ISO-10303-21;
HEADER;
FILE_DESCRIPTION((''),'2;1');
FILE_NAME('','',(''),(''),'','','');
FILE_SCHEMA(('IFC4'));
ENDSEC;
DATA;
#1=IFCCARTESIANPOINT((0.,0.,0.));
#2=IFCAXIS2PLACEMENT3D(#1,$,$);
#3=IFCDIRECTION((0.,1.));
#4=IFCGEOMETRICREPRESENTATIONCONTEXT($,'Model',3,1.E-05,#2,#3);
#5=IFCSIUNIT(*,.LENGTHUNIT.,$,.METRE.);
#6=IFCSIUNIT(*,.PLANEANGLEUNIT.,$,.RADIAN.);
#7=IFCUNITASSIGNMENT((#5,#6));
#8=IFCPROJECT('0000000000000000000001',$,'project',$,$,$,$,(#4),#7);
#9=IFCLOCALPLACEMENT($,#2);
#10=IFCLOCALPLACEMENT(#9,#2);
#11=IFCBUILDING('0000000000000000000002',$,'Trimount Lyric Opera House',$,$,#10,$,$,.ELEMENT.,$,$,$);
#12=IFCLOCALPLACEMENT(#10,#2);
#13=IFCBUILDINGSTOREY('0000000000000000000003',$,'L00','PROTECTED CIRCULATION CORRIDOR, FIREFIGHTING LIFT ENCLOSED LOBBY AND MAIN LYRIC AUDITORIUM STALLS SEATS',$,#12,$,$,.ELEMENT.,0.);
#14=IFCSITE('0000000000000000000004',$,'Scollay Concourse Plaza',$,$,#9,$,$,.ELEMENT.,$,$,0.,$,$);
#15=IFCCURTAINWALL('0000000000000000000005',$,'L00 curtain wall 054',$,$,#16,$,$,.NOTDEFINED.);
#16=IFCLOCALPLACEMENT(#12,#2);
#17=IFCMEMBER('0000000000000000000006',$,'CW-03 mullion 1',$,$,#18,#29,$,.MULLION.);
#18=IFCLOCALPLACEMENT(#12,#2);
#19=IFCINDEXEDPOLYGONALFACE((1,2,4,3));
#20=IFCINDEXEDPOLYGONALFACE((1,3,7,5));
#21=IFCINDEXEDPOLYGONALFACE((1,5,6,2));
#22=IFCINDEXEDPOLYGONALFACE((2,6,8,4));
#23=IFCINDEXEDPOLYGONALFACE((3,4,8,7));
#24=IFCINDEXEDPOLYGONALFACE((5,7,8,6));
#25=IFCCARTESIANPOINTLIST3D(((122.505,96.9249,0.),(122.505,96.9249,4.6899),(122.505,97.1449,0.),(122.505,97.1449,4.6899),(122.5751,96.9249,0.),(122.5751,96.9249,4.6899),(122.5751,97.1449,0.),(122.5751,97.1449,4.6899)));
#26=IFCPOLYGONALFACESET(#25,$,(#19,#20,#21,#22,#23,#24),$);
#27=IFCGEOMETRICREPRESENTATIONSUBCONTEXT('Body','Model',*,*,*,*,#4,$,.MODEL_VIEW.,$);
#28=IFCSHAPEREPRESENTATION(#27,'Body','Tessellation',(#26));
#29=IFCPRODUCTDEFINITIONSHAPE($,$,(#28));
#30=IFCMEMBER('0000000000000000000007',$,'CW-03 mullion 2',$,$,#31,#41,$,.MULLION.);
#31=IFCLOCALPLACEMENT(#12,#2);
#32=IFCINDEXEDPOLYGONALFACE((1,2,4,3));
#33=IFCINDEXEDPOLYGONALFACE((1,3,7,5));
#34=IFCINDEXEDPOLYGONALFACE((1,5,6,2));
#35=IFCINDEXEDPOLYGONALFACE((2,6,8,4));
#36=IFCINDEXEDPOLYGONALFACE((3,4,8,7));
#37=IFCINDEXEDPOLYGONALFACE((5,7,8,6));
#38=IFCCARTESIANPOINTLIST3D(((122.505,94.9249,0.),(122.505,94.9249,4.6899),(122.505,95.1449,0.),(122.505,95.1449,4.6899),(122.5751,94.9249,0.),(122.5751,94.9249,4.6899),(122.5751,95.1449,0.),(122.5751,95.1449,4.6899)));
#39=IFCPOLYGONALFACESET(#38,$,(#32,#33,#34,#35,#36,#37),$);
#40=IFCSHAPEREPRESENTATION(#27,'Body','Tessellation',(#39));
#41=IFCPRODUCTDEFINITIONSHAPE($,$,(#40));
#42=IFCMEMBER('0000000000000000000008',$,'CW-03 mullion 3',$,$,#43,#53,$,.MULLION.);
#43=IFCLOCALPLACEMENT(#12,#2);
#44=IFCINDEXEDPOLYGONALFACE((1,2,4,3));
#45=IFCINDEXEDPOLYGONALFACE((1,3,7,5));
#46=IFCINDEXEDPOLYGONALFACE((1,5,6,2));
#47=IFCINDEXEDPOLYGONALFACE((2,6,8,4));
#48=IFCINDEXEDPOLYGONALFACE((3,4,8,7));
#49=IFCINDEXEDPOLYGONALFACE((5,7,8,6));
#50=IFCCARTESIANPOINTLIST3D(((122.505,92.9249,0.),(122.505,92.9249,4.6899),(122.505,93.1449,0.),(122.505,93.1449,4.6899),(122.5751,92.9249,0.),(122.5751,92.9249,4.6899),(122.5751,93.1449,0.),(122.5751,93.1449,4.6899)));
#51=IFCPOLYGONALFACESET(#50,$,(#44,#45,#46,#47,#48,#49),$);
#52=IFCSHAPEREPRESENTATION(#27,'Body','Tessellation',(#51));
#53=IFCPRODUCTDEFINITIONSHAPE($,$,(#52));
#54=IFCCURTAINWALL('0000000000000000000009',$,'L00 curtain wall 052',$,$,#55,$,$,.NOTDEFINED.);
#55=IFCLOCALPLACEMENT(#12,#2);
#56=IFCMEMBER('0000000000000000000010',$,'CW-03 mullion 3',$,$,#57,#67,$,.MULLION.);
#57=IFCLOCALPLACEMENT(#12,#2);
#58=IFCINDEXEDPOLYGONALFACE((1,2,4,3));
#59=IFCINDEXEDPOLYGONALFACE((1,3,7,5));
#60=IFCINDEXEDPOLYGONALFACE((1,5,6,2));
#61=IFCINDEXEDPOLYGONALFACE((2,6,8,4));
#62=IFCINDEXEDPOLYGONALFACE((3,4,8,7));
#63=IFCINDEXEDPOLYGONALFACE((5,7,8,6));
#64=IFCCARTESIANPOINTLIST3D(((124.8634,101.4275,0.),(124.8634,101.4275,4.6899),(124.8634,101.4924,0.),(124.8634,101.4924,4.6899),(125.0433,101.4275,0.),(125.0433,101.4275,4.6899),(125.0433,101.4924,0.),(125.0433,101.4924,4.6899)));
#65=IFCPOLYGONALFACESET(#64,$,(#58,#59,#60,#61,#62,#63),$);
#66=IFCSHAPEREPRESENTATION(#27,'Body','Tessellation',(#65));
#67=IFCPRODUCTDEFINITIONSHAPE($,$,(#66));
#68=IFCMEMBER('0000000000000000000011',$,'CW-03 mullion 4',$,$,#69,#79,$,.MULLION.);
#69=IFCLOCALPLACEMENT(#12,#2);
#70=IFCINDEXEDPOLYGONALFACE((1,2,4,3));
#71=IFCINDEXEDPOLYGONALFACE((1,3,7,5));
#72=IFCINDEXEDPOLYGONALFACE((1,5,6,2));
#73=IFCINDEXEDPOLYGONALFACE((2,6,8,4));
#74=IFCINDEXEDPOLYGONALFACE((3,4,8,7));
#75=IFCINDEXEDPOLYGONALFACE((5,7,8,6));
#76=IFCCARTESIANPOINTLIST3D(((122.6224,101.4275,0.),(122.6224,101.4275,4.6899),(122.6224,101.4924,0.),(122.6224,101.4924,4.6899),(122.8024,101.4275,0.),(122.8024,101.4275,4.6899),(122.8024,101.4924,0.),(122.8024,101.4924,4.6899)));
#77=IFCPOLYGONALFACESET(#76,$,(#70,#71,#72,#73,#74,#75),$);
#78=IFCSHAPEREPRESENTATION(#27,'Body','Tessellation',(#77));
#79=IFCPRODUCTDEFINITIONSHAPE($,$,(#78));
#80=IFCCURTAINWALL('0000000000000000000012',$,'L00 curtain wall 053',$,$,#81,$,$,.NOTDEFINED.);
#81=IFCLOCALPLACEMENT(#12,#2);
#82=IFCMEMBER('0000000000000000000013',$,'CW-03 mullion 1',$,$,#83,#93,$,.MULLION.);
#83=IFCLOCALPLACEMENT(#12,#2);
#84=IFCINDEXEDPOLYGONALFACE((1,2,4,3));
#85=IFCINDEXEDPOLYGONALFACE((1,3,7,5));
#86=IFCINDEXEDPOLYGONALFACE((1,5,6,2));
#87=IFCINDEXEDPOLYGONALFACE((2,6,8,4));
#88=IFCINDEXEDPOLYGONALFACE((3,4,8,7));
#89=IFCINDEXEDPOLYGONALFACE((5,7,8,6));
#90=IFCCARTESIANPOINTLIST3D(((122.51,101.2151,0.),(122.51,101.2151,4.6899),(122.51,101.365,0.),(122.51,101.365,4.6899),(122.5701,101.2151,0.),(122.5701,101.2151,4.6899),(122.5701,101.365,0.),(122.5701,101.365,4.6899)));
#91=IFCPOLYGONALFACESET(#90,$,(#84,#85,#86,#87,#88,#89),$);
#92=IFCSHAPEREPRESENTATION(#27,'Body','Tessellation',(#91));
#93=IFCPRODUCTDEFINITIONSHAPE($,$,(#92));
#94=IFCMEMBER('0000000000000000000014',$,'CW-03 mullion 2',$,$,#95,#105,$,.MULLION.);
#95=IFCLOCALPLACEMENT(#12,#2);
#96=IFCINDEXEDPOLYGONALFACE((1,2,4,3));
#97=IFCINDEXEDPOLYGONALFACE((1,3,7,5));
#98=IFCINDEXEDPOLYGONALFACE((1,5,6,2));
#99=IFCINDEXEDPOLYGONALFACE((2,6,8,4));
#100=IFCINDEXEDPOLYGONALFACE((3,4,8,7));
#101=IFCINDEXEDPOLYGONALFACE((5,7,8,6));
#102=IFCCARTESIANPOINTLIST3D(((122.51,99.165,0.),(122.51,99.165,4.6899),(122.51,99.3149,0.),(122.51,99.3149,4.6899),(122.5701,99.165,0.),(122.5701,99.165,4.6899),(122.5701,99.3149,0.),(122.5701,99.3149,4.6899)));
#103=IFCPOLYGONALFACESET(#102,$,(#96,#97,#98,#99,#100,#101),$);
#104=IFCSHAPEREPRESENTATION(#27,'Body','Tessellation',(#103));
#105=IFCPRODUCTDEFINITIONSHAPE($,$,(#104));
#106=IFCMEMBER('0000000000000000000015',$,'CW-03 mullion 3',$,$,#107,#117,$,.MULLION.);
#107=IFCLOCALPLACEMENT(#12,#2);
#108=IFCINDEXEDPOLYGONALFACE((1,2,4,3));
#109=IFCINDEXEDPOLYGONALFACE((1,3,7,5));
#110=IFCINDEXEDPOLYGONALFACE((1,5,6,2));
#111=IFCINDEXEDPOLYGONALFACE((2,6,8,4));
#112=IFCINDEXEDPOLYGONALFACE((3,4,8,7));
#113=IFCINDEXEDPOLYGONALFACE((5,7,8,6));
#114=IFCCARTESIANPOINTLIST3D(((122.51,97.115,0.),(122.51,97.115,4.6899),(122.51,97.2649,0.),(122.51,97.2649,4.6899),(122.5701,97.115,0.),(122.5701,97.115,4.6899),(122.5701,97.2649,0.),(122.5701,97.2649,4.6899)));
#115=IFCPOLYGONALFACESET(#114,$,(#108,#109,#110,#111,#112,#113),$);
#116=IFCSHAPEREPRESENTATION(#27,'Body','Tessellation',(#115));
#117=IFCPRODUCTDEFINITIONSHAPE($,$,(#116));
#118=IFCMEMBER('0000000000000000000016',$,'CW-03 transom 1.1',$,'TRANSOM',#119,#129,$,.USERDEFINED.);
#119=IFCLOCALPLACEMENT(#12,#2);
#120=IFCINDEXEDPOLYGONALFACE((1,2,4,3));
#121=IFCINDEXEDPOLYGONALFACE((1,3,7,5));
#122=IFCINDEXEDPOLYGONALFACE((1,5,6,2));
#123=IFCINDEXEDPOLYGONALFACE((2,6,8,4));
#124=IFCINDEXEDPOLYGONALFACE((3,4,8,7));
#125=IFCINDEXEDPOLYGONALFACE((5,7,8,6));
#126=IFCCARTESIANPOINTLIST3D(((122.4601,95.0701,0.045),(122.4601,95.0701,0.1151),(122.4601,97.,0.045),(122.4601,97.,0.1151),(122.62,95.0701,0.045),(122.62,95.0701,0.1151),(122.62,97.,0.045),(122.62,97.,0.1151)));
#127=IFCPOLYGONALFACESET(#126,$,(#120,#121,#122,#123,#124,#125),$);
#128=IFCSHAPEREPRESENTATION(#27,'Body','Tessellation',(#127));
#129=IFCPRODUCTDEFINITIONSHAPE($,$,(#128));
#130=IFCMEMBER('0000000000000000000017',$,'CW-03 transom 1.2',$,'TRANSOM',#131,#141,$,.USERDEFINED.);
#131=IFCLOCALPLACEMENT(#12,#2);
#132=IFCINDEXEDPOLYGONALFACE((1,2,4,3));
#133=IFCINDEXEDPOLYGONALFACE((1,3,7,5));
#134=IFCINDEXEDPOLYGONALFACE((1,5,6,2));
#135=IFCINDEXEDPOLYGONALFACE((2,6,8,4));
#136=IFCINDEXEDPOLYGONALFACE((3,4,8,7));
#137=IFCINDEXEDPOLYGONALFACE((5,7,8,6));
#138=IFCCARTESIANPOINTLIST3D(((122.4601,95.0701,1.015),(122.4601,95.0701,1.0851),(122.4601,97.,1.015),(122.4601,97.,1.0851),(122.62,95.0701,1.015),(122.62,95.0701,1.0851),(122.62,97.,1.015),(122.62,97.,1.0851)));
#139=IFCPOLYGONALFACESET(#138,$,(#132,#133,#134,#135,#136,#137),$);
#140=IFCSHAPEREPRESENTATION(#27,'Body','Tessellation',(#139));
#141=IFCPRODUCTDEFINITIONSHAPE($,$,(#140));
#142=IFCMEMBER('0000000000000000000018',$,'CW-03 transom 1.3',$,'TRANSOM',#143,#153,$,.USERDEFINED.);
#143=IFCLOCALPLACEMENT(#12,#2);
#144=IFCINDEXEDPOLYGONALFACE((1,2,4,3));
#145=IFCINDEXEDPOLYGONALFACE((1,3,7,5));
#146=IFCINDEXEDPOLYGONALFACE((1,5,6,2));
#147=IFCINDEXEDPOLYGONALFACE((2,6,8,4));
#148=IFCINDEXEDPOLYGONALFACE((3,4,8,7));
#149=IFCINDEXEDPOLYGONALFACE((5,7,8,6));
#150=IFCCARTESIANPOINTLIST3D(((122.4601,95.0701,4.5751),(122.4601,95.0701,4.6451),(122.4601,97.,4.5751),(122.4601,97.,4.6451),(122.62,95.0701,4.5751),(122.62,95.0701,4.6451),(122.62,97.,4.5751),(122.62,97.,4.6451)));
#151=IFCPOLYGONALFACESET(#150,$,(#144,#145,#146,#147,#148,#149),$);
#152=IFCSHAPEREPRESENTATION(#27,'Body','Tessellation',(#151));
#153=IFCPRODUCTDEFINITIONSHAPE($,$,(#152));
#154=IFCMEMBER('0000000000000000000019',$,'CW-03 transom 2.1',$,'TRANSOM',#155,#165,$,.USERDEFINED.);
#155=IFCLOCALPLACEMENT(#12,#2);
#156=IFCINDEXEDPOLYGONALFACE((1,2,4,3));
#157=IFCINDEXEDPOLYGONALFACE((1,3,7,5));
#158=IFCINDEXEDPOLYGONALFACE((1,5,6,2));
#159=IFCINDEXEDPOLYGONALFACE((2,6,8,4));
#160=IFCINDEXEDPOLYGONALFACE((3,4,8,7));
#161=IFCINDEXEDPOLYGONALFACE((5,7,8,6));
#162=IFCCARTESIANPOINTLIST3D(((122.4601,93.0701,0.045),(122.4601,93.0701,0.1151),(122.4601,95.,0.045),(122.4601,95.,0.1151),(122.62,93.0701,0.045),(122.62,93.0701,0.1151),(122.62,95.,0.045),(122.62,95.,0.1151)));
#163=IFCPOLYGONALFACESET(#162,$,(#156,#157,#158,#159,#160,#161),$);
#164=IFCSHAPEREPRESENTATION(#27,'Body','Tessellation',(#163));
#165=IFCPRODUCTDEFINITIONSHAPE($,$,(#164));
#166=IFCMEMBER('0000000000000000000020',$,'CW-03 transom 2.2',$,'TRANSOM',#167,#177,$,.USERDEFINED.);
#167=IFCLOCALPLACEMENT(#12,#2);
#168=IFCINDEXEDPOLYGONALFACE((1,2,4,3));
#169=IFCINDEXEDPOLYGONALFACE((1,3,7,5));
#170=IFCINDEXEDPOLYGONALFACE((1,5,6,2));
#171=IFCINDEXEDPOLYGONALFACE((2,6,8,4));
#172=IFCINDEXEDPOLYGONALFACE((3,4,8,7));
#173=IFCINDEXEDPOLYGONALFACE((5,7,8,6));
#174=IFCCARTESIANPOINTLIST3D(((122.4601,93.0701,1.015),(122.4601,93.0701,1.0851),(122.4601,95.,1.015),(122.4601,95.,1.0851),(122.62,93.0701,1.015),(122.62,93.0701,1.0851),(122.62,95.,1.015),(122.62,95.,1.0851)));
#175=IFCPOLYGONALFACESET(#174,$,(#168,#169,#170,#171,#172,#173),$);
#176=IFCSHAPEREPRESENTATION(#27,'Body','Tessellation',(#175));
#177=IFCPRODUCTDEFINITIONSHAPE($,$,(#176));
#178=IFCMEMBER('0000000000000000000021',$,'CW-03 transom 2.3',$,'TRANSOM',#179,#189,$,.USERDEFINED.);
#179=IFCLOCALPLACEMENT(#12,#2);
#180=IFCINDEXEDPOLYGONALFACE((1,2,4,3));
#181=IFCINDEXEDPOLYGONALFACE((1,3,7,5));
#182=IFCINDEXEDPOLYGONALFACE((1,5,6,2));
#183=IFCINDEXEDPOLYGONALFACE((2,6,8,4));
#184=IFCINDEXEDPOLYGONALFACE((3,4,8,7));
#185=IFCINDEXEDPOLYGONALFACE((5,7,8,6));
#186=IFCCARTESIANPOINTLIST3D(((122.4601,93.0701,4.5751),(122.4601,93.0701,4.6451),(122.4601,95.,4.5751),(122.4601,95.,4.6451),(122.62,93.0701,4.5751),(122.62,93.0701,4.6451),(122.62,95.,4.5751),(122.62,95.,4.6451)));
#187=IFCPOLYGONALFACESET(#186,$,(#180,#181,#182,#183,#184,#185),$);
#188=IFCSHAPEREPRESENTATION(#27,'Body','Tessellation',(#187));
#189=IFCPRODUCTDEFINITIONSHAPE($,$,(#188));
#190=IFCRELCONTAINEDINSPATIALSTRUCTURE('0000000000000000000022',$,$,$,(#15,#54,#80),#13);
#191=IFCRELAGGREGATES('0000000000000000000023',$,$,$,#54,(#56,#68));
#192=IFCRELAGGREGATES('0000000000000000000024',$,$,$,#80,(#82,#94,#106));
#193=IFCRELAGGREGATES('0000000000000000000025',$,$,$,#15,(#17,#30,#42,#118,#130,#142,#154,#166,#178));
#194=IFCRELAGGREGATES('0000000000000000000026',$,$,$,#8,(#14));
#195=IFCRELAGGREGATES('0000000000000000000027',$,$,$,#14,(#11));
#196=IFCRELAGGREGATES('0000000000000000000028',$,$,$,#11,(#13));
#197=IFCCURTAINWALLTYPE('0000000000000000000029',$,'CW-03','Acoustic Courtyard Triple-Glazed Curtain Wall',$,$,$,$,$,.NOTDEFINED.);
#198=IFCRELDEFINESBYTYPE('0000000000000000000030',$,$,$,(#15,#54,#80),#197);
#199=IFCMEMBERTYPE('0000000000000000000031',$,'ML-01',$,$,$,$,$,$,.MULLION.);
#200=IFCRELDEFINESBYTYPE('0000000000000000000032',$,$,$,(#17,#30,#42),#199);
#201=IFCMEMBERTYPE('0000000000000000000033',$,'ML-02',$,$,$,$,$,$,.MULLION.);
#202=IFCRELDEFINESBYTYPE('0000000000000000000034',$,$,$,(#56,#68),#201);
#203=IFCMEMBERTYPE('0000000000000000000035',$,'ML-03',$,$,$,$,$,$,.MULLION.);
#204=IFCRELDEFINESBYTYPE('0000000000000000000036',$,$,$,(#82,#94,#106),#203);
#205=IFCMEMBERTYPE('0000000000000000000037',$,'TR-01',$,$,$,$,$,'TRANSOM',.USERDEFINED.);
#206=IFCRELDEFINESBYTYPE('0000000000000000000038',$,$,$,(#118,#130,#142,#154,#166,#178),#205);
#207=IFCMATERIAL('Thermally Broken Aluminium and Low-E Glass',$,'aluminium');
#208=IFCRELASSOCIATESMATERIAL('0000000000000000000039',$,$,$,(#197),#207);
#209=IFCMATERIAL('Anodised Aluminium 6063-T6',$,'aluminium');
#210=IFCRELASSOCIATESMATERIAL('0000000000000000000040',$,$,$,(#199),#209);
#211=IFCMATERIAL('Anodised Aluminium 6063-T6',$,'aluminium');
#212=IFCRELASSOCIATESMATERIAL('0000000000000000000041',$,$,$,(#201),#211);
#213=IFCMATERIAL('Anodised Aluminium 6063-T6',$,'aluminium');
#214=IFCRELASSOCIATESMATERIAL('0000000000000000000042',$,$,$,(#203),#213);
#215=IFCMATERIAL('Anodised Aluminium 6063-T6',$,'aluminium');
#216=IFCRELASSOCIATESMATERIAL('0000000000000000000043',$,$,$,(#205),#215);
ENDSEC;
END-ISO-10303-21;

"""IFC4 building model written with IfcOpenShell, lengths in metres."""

from ifc_helpers import new_model, si_unit, direction, frame, origin, origin_2d, place, context, subcontext, project, spatial, rectangle, extrude, material, material_profile, profile_set, type_object, element, aggregate, save


model = new_model("IFC4")

# Units and contexts
model_context = context("Model", 3, precision=1e-05, world=origin(), true_north=direction((0.0, 1.0)))
body_context = subcontext(model_context, "Body", "Model", "MODEL_VIEW")
ifc_project = project(units=[si_unit("LENGTHUNIT", "METRE"), si_unit("PLANEANGLEUNIT", "RADIAN")], contexts=[model_context])

# Site, building, storey
site_placement = place(None, origin())
site = spatial("IfcSite", under=ifc_project, at=site_placement, Name="Scollay Concourse Plaza", CompositionType="ELEMENT", RefElevation=0.0)
building_placement = place(site_placement, origin())
building = spatial("IfcBuilding", under=site, at=building_placement, Name="Trimount Lyric Opera House", CompositionType="ELEMENT")
storey_placement = place(building_placement, origin())
storey = spatial("IfcBuildingStorey", under=building, at=storey_placement, Name="L00", Description="PROTECTED CIRCULATION CORRIDOR, FIREFIGHTING LIFT ENCLOSED LOBBY AND MAIN LYRIC AUDITORIUM STALLS SEATS", CompositionType="ELEMENT", Elevation=0.0)

# Curtain walls, members
ifc_material_1 = material(Name="Thermally Broken Aluminium and Low-E Glass", Category="aluminium")
curtain_wall_type = type_object("IfcCurtainWallType", Name="CW-03", Description="Acoustic Courtyard Triple-Glazed Curtain Wall", PredefinedType="NOTDEFINED", material=ifc_material_1)
curtain_wall_1_placement = place(storey_placement, origin())
curtain_wall_1 = element("IfcCurtainWall", 1, at=curtain_wall_1_placement, inside=storey, type_object=curtain_wall_type, Name="L00 curtain wall 054", PredefinedType="NOTDEFINED")
ifc_material_2 = material(Name="Anodised Aluminium 6063-T6", Category="aluminium")
ifc_material_profile_1 = material_profile(ifc_material_2, rectangle(XDim=0.0701, YDim=0.22, at=origin_2d()), Name="ALU-MULL-70X220")
ifc_profile_set_1 = profile_set([ifc_material_profile_1], Name="Anodised Aluminium 6063-T6")
member_type_1 = type_object("IfcMemberType", Name="ML-01", PredefinedType="MULLION", material=ifc_profile_set_1)
member_1_placement = place(storey_placement, frame((122.54, 97.0349, 0.0), z_axis=(0.0, 0.0, 1.0), x_axis=(1.0, 0.0, 0.0)))
member_1 = element("IfcMember", 2, at=member_1_placement, type_object=member_type_1, Name="CW-03 mullion 1", PredefinedType="MULLION", context=body_context, shape_type="SweptSolid", body=[
    extrude(rectangle(XDim=0.0701, YDim=0.22, at=origin_2d()), origin(), (0.0, 0.0, 1.0), 4.6899),
])
member_2_placement = place(storey_placement, frame((122.54, 95.0349, 0.0), z_axis=(0.0, 0.0, 1.0), x_axis=(1.0, 0.0, 0.0)))
member_2 = element("IfcMember", 3, at=member_2_placement, type_object=member_type_1, Name="CW-03 mullion 2", PredefinedType="MULLION", context=body_context, shape_type="SweptSolid", body=[
    extrude(rectangle(XDim=0.0701, YDim=0.22, at=origin_2d()), origin(), (0.0, 0.0, 1.0), 4.6899),
])
member_3_placement = place(storey_placement, frame((122.54, 93.0349, 0.0), z_axis=(0.0, 0.0, 1.0), x_axis=(1.0, 0.0, 0.0)))
member_3 = element("IfcMember", 4, at=member_3_placement, type_object=member_type_1, Name="CW-03 mullion 3", PredefinedType="MULLION", context=body_context, shape_type="SweptSolid", body=[
    extrude(rectangle(XDim=0.0701, YDim=0.22, at=origin_2d()), origin(), (0.0, 0.0, 1.0), 4.6899),
])
curtain_wall_2_placement = place(storey_placement, origin())
curtain_wall_2 = element("IfcCurtainWall", 5, at=curtain_wall_2_placement, inside=storey, type_object=curtain_wall_type, Name="L00 curtain wall 052", PredefinedType="NOTDEFINED")
ifc_material_3 = material(Name="Anodised Aluminium 6063-T6", Category="aluminium")
ifc_material_profile_2 = material_profile(ifc_material_3, rectangle(XDim=0.0649, YDim=0.1799, at=origin_2d()), Name="ALU-MULL-65X180")
ifc_profile_set_2 = profile_set([ifc_material_profile_2], Name="Anodised Aluminium 6063-T6")
member_type_2 = type_object("IfcMemberType", Name="ML-02", PredefinedType="MULLION", material=ifc_profile_set_2)
member_4_placement = place(storey_placement, frame((124.9534, 101.46, 0.0), z_axis=(0.0, 0.0, 1.0), x_axis=(0.0, -1.0, 0.0)))
member_4 = element("IfcMember", 6, at=member_4_placement, type_object=member_type_2, Name="CW-03 mullion 3", PredefinedType="MULLION", context=body_context, shape_type="SweptSolid", body=[
    extrude(rectangle(XDim=0.0649, YDim=0.1799, at=origin_2d()), origin(), (0.0, 0.0, 1.0), 4.6899),
])
member_5_placement = place(storey_placement, frame((122.7124, 101.46, 0.0), z_axis=(0.0, 0.0, 1.0), x_axis=(0.0, -1.0, 0.0)))
member_5 = element("IfcMember", 7, at=member_5_placement, type_object=member_type_2, Name="CW-03 mullion 4", PredefinedType="MULLION", context=body_context, shape_type="SweptSolid", body=[
    extrude(rectangle(XDim=0.0649, YDim=0.1799, at=origin_2d()), origin(), (0.0, 0.0, 1.0), 4.6899),
])
curtain_wall_3_placement = place(storey_placement, origin())
curtain_wall_3 = element("IfcCurtainWall", 8, at=curtain_wall_3_placement, inside=storey, type_object=curtain_wall_type, Name="L00 curtain wall 053", PredefinedType="NOTDEFINED")
ifc_material_4 = material(Name="Anodised Aluminium 6063-T6", Category="aluminium")
ifc_material_profile_3 = material_profile(ifc_material_4, rectangle(XDim=0.0601, YDim=0.1499, at=origin_2d()), Name="ALU-MULL-60X150")
ifc_profile_set_3 = profile_set([ifc_material_profile_3], Name="Anodised Aluminium 6063-T6")
member_type_3 = type_object("IfcMemberType", Name="ML-03", PredefinedType="MULLION", material=ifc_profile_set_3)
member_6_placement = place(storey_placement, frame((122.54, 101.29, 0.0), z_axis=(0.0, 0.0, 1.0), x_axis=(1.0, 0.0, 0.0)))
member_6 = element("IfcMember", 9, at=member_6_placement, type_object=member_type_3, Name="CW-03 mullion 1", PredefinedType="MULLION", context=body_context, shape_type="SweptSolid", body=[
    extrude(rectangle(XDim=0.0601, YDim=0.1499, at=origin_2d()), origin(), (0.0, 0.0, 1.0), 4.6899),
])
member_7_placement = place(storey_placement, frame((122.54, 99.24, 0.0), z_axis=(0.0, 0.0, 1.0), x_axis=(1.0, 0.0, 0.0)))
member_7 = element("IfcMember", 10, at=member_7_placement, type_object=member_type_3, Name="CW-03 mullion 2", PredefinedType="MULLION", context=body_context, shape_type="SweptSolid", body=[
    extrude(rectangle(XDim=0.0601, YDim=0.1499, at=origin_2d()), origin(), (0.0, 0.0, 1.0), 4.6899),
])
member_8_placement = place(storey_placement, frame((122.54, 97.1899, 0.0), z_axis=(0.0, 0.0, 1.0), x_axis=(1.0, 0.0, 0.0)))
member_8 = element("IfcMember", 11, at=member_8_placement, type_object=member_type_3, Name="CW-03 mullion 3", PredefinedType="MULLION", context=body_context, shape_type="SweptSolid", body=[
    extrude(rectangle(XDim=0.0601, YDim=0.1499, at=origin_2d()), origin(), (0.0, 0.0, 1.0), 4.6899),
])

# Members
ifc_material_5 = material(Name="Anodised Aluminium 6063-T6", Category="aluminium")
ifc_material_profile_4 = material_profile(ifc_material_5, rectangle(XDim=0.1599, YDim=0.0701, at=origin_2d()), Name="ALU-TRAN-70X160")
ifc_profile_set_4 = profile_set([ifc_material_profile_4], Name="Anodised Aluminium 6063-T6")
member_type_4 = type_object("IfcMemberType", Name="TR-01", ElementType="TRANSOM", PredefinedType="USERDEFINED", material=ifc_profile_set_4)
member_9_placement = place(storey_placement, frame((122.54, 97.0, 0.0801), z_axis=(0.0, -1.0, 0.0), x_axis=(1.0, 0.0, 0.0)))
member_9 = element("IfcMember", 12, at=member_9_placement, type_object=member_type_4, Name="CW-03 transom 1.1", ObjectType="TRANSOM", PredefinedType="USERDEFINED", context=body_context, shape_type="SweptSolid", body=[
    extrude(rectangle(XDim=0.1599, YDim=0.0701, at=origin_2d()), origin(), (0.0, 0.0, 1.0), 1.9299),
])
member_10_placement = place(storey_placement, frame((122.54, 97.0, 1.05), z_axis=(0.0, -1.0, 0.0), x_axis=(1.0, 0.0, 0.0)))
member_10 = element("IfcMember", 13, at=member_10_placement, type_object=member_type_4, Name="CW-03 transom 1.2", ObjectType="TRANSOM", PredefinedType="USERDEFINED", context=body_context, shape_type="SweptSolid", body=[
    extrude(rectangle(XDim=0.1599, YDim=0.0701, at=origin_2d()), origin(), (0.0, 0.0, 1.0), 1.9299),
])
member_11_placement = place(storey_placement, frame((122.54, 97.0, 4.6101), z_axis=(0.0, -1.0, 0.0), x_axis=(1.0, 0.0, 0.0)))
member_11 = element("IfcMember", 14, at=member_11_placement, type_object=member_type_4, Name="CW-03 transom 1.3", ObjectType="TRANSOM", PredefinedType="USERDEFINED", context=body_context, shape_type="SweptSolid", body=[
    extrude(rectangle(XDim=0.1599, YDim=0.0701, at=origin_2d()), origin(), (0.0, 0.0, 1.0), 1.9299),
])
member_12_placement = place(storey_placement, frame((122.54, 95.0, 0.0801), z_axis=(0.0, -1.0, 0.0), x_axis=(1.0, 0.0, 0.0)))
member_12 = element("IfcMember", 15, at=member_12_placement, type_object=member_type_4, Name="CW-03 transom 2.1", ObjectType="TRANSOM", PredefinedType="USERDEFINED", context=body_context, shape_type="SweptSolid", body=[
    extrude(rectangle(XDim=0.1599, YDim=0.0701, at=origin_2d()), origin(), (0.0, 0.0, 1.0), 1.9299),
])
member_13_placement = place(storey_placement, frame((122.54, 95.0, 1.05), z_axis=(0.0, -1.0, 0.0), x_axis=(1.0, 0.0, 0.0)))
member_13 = element("IfcMember", 16, at=member_13_placement, type_object=member_type_4, Name="CW-03 transom 2.2", ObjectType="TRANSOM", PredefinedType="USERDEFINED", context=body_context, shape_type="SweptSolid", body=[
    extrude(rectangle(XDim=0.1599, YDim=0.0701, at=origin_2d()), origin(), (0.0, 0.0, 1.0), 1.9299),
])
member_14_placement = place(storey_placement, frame((122.54, 95.0, 4.6101), z_axis=(0.0, -1.0, 0.0), x_axis=(1.0, 0.0, 0.0)))
member_14 = element("IfcMember", 17, at=member_14_placement, type_object=member_type_4, Name="CW-03 transom 2.3", ObjectType="TRANSOM", PredefinedType="USERDEFINED", context=body_context, shape_type="SweptSolid", body=[
    extrude(rectangle(XDim=0.1599, YDim=0.0701, at=origin_2d()), origin(), (0.0, 0.0, 1.0), 1.9299),
])

aggregate(curtain_wall_2, [member_4, member_5])
aggregate(curtain_wall_3, [member_6, member_7, member_8])
aggregate(curtain_wall_1, [member_1, member_2, member_3, member_9, member_10, member_11, member_12, member_13, member_14])

save(model, "model.ifc")
